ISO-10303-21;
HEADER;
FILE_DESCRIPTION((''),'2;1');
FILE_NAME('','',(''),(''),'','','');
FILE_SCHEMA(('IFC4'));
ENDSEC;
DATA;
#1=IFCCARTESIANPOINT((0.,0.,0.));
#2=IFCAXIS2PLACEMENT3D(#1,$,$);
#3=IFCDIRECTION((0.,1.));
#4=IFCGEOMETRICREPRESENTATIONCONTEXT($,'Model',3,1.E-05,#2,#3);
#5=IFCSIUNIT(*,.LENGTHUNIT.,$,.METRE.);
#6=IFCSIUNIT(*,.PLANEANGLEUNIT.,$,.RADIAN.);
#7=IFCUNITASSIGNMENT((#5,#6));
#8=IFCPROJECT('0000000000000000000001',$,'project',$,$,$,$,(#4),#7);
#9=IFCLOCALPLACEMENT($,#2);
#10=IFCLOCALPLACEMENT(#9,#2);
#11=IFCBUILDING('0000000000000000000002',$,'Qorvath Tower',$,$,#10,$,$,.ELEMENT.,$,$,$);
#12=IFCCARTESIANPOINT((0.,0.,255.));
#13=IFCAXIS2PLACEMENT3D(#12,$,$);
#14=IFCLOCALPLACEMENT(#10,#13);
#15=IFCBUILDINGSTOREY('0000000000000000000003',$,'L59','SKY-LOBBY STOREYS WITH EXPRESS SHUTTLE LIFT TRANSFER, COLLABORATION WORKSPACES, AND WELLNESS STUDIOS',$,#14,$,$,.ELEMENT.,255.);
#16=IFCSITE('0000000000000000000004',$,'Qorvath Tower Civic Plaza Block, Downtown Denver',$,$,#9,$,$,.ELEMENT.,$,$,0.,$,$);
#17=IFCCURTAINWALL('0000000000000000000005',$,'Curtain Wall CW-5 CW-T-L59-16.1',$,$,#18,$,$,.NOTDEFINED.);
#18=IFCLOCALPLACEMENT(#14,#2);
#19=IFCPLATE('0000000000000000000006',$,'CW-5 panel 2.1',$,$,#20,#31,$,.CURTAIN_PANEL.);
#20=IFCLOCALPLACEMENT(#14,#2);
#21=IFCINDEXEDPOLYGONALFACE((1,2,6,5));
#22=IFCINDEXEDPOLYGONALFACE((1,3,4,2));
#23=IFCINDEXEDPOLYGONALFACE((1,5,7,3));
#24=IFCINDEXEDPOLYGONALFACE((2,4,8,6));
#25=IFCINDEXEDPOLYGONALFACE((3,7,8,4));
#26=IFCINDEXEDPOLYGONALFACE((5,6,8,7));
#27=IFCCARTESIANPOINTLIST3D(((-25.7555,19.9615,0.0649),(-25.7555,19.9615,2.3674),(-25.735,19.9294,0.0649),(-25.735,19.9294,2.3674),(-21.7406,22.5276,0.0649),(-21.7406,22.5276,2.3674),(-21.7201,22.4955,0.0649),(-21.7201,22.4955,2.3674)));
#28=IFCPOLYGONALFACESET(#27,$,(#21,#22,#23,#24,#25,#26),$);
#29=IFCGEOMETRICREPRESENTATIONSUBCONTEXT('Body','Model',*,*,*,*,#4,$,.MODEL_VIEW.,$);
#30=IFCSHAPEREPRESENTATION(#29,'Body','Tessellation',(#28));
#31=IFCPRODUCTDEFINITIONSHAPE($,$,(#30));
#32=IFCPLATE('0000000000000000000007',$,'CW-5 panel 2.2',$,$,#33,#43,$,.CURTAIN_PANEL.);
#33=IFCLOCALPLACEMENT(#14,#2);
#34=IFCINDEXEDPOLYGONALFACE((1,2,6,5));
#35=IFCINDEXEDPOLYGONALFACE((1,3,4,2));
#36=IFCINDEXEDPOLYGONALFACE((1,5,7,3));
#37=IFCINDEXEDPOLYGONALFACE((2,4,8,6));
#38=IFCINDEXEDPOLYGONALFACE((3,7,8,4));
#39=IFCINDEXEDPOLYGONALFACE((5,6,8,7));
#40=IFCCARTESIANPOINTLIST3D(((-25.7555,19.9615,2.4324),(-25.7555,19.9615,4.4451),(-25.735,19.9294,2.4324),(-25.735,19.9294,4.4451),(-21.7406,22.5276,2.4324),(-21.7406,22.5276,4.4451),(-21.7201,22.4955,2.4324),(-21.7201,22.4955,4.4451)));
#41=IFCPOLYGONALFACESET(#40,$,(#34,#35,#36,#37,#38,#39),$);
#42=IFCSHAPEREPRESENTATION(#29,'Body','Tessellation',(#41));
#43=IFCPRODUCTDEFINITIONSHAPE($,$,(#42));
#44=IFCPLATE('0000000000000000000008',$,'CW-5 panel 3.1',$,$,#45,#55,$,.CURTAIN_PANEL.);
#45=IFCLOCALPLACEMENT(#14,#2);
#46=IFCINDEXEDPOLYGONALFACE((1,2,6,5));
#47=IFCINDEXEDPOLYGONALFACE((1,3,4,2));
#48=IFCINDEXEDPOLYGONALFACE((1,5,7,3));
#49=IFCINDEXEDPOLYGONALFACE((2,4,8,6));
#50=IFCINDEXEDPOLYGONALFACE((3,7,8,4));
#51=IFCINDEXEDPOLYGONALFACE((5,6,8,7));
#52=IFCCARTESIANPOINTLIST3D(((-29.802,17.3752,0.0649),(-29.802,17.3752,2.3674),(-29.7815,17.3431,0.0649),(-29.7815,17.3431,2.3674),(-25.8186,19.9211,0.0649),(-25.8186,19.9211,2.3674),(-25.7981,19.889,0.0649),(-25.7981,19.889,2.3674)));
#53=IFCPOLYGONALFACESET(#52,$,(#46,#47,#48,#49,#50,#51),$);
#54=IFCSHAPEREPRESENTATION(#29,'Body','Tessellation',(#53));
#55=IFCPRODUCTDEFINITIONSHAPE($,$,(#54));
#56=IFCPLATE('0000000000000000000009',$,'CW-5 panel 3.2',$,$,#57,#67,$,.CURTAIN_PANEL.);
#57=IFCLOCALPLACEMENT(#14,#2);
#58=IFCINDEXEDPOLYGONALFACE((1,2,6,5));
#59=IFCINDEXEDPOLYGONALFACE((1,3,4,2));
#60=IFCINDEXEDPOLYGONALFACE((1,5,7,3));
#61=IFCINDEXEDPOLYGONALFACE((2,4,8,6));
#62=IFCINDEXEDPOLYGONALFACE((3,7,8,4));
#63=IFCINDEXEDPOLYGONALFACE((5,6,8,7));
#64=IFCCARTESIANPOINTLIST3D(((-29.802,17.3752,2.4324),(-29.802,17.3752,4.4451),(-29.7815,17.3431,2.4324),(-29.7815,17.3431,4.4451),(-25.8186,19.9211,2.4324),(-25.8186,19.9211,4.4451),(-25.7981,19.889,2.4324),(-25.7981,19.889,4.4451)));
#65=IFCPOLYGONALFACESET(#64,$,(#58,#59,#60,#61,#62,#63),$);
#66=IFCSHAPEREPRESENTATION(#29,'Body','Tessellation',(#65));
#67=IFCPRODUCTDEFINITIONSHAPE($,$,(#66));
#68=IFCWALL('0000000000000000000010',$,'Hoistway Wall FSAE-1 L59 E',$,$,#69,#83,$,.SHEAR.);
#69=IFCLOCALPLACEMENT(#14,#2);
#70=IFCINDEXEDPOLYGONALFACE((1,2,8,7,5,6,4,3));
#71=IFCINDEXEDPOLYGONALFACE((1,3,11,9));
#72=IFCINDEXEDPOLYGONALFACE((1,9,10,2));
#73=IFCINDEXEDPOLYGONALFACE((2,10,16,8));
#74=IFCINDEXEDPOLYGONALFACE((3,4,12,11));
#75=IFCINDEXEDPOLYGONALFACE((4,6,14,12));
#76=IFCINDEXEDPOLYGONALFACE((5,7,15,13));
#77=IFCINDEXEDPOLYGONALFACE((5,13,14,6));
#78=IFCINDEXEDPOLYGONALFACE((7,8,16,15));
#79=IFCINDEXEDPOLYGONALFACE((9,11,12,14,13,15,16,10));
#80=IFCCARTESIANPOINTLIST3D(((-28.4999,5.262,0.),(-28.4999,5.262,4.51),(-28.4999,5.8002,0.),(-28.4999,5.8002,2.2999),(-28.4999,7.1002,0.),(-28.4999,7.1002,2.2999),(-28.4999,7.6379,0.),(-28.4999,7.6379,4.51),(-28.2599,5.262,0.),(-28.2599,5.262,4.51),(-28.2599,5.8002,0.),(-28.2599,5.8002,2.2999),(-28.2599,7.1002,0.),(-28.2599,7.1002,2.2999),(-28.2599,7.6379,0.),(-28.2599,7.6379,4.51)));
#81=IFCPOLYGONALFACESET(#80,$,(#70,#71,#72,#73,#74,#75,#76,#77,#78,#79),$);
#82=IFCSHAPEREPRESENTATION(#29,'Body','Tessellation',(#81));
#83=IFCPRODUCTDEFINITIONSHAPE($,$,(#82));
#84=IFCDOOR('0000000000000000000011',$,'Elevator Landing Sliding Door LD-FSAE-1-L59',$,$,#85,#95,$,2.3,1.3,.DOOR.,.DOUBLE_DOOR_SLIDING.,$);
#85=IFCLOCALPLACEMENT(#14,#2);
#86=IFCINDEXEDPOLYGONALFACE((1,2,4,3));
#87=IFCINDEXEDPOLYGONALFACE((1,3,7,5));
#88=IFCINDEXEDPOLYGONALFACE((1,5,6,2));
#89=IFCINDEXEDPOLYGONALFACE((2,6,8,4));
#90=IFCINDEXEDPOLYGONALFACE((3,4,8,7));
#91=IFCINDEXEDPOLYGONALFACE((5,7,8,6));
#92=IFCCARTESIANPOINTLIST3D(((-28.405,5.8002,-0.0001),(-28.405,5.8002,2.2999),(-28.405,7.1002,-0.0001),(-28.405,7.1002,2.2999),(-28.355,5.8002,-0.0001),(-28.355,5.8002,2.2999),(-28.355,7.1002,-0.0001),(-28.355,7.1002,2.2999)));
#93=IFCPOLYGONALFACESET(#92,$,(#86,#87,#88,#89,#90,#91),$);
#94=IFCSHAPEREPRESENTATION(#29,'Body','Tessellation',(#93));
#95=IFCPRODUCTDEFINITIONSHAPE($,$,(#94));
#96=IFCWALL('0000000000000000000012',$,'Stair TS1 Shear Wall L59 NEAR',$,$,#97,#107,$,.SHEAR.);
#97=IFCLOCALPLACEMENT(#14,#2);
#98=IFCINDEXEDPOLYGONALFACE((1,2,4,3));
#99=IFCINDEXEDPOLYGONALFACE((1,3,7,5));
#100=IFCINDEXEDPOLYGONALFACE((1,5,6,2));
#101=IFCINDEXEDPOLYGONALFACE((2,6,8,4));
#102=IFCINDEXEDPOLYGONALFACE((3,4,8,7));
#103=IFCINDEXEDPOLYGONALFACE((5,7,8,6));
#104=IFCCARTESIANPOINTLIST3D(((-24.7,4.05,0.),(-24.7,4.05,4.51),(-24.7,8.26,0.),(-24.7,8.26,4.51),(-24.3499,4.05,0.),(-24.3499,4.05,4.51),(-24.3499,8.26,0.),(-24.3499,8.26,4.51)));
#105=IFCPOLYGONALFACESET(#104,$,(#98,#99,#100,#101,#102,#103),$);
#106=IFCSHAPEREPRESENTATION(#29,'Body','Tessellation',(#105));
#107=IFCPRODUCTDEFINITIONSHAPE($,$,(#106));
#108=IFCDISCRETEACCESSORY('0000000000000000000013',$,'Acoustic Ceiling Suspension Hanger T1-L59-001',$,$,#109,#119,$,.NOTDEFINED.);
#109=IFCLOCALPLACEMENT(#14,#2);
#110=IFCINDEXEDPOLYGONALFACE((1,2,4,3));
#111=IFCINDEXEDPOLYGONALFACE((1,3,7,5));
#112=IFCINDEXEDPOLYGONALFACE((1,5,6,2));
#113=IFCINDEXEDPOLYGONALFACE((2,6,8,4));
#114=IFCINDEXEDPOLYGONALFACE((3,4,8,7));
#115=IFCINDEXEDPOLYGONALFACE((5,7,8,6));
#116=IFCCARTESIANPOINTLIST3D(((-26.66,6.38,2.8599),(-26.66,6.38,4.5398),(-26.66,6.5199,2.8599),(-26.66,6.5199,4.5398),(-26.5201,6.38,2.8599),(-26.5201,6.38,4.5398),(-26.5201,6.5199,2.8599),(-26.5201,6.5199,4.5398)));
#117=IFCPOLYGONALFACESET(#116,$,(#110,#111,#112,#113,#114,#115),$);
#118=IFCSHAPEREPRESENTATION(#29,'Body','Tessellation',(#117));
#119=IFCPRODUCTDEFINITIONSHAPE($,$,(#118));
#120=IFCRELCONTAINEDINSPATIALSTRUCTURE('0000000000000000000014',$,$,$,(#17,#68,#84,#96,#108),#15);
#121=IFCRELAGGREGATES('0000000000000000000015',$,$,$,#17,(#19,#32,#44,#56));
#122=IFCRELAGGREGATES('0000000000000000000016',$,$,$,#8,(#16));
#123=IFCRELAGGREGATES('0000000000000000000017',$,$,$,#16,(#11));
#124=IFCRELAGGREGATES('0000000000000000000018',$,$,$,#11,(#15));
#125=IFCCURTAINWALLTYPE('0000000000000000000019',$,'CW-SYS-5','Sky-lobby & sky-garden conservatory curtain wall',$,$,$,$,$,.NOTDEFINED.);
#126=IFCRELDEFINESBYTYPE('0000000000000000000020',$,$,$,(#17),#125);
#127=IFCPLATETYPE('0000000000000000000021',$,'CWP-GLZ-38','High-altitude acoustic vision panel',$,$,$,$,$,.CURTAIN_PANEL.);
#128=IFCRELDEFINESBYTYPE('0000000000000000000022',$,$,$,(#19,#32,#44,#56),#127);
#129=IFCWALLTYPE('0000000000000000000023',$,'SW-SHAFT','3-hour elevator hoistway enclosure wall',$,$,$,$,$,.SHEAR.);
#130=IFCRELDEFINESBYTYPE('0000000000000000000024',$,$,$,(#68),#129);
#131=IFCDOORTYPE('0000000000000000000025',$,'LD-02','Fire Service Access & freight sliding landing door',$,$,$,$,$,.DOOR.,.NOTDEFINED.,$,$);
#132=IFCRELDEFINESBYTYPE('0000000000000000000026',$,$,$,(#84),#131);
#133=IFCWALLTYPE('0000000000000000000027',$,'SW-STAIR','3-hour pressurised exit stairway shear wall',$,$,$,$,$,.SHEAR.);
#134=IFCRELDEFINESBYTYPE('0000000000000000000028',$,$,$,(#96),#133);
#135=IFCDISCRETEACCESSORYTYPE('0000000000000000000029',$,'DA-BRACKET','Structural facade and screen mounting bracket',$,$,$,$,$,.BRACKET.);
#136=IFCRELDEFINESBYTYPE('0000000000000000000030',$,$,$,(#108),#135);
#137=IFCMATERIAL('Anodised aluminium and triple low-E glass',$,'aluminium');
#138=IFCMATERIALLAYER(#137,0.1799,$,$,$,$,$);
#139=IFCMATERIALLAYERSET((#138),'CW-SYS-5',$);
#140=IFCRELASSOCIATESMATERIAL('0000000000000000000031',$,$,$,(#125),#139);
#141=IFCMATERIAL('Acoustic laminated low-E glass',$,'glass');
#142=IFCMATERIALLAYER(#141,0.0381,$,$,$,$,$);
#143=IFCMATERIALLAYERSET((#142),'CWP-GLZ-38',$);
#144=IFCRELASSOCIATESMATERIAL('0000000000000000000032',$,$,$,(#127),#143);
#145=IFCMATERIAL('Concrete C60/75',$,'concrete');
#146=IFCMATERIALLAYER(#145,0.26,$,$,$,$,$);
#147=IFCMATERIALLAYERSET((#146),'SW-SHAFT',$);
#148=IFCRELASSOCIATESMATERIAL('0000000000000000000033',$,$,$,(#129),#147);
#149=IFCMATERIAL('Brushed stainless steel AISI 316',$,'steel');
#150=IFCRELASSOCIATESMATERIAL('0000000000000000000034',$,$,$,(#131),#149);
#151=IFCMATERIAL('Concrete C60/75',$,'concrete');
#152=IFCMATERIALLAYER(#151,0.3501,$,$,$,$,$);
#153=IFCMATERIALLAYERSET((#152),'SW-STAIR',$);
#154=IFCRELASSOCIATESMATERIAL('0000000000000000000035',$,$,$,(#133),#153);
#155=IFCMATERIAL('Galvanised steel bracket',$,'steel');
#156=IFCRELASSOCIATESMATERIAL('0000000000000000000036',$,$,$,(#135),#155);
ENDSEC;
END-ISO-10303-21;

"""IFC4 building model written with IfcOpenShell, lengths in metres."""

from ifc_helpers import new_model, si_unit, direction, frame, frame_2d, origin, origin_2d, place, context, subcontext, project, spatial, rectangle, extrude, material, layer, layer_set, type_object, element, fill, aggregate, save


model = new_model("IFC4")

# Units and contexts
model_context = context("Model", 3, precision=1e-05, world=origin(), true_north=direction((0.0, 1.0)))
body_context = subcontext(model_context, "Body", "Model", "MODEL_VIEW")
ifc_project = project(units=[si_unit("LENGTHUNIT", "METRE"), si_unit("PLANEANGLEUNIT", "RADIAN")], contexts=[model_context])

# Site, building, storey
site_placement = place(None, origin())
site = spatial("IfcSite", under=ifc_project, at=site_placement, Name="Qorvath Tower Civic Plaza Block, Downtown Denver", CompositionType="ELEMENT", RefElevation=0.0)
building_placement = place(site_placement, origin())
building = spatial("IfcBuilding", under=site, at=building_placement, Name="Qorvath Tower", CompositionType="ELEMENT")
storey_placement = place(building_placement, frame((0.0, 0.0, 255.0)))
storey = spatial("IfcBuildingStorey", under=building, at=storey_placement, Name="L59", Description="SKY-LOBBY STOREYS WITH EXPRESS SHUTTLE LIFT TRANSFER, COLLABORATION WORKSPACES, AND WELLNESS STUDIOS", CompositionType="ELEMENT", Elevation=255.0)

# Curtain wall
ifc_material_1 = material(Name="Anodised aluminium and triple low-E glass", Category="aluminium")
ifc_layer_1 = layer(ifc_material_1, 0.1799)
ifc_layer_set_1 = layer_set([ifc_layer_1], Name="CW-SYS-5")
curtain_wall_type = type_object("IfcCurtainWallType", Name="CW-SYS-5", Description="Sky-lobby & sky-garden conservatory curtain wall", PredefinedType="NOTDEFINED", material=ifc_layer_set_1)
curtain_wall_1_placement = place(storey_placement, origin())
curtain_wall_1 = element("IfcCurtainWall", 1, at=curtain_wall_1_placement, inside=storey, type_object=curtain_wall_type, Name="Curtain Wall CW-5 CW-T-L59-16.1", PredefinedType="NOTDEFINED")

# Plates
ifc_material_2 = material(Name="Acoustic laminated low-E glass", Category="glass")
ifc_layer_2 = layer(ifc_material_2, 0.0381)
ifc_layer_set_2 = layer_set([ifc_layer_2], Name="CWP-GLZ-38")
plate_type = type_object("IfcPlateType", Name="CWP-GLZ-38", Description="High-altitude acoustic vision panel", PredefinedType="CURTAIN_PANEL", material=ifc_layer_set_2)
plate_1_placement = place(storey_placement, frame((-23.7378, 21.2285, 0.0649), z_axis=(0.0, 0.0, 1.0), x_axis=(-0.842603, -0.538535, 0.0)))
plate_1 = element("IfcPlate", 2, at=plate_1_placement, type_object=plate_type, Name="CW-5 panel 2.1", PredefinedType="CURTAIN_PANEL", context=body_context, shape_type="SweptSolid", body=[
    extrude(rectangle(XDim=4.7649, YDim=0.0381, at=origin_2d()), origin(), (0.0, 0.0, 1.0), 2.3025),
])
plate_2_placement = place(storey_placement, frame((-23.7378, 21.2285, 2.4324), z_axis=(0.0, 0.0, 1.0), x_axis=(-0.842603, -0.538535, 0.0)))
plate_2 = element("IfcPlate", 3, at=plate_2_placement, type_object=plate_type, Name="CW-5 panel 2.2", PredefinedType="CURTAIN_PANEL", context=body_context, shape_type="SweptSolid", body=[
    extrude(rectangle(XDim=4.7649, YDim=0.0381, at=origin_2d()), origin(), (0.0, 0.0, 1.0), 2.0127),
])
plate_3_placement = place(storey_placement, frame((-27.8, 18.6321, 0.0649), z_axis=(0.0, 0.0, 1.0), x_axis=(-0.842603, -0.538535, 0.0)))
plate_3 = element("IfcPlate", 4, at=plate_3_placement, type_object=plate_type, Name="CW-5 panel 3.1", PredefinedType="CURTAIN_PANEL", context=body_context, shape_type="SweptSolid", body=[
    extrude(rectangle(XDim=4.7275, YDim=0.0381, at=origin_2d()), origin(), (0.0, 0.0, 1.0), 2.3025),
])
plate_4_placement = place(storey_placement, frame((-27.8, 18.6321, 2.4324), z_axis=(0.0, 0.0, 1.0), x_axis=(-0.842603, -0.538535, 0.0)))
plate_4 = element("IfcPlate", 5, at=plate_4_placement, type_object=plate_type, Name="CW-5 panel 3.2", PredefinedType="CURTAIN_PANEL", context=body_context, shape_type="SweptSolid", body=[
    extrude(rectangle(XDim=4.7275, YDim=0.0381, at=origin_2d()), origin(), (0.0, 0.0, 1.0), 2.0127),
])
aggregate(curtain_wall_1, [plate_1, plate_2, plate_3, plate_4])

# Wall, opening, door
ifc_material_3 = material(Name="Concrete C60/75", Category="concrete")
ifc_layer_3 = layer(ifc_material_3, 0.26)
ifc_layer_set_3 = layer_set([ifc_layer_3], Name="SW-SHAFT")
wall_type_1 = type_object("IfcWallType", Name="SW-SHAFT", Description="3-hour elevator hoistway enclosure wall", PredefinedType="SHEAR", material=ifc_layer_set_3)
wall_1_placement = place(storey_placement, frame((-28.3799, 7.6379, 0.0), z_axis=(0.0, 0.0, 1.0), x_axis=(0.0, -1.0, 0.0)))
wall_1 = element("IfcWall", 6, at=wall_1_placement, inside=storey, type_object=wall_type_1, Name="Hoistway Wall FSAE-1 L59 E", PredefinedType="SHEAR", context=body_context, shape_type="SweptSolid", body=[
    extrude(rectangle(XDim=2.376, YDim=0.24, at=frame_2d((1.188, 0.0))), origin(), (0.0, 0.0, 1.0), 4.51),
])
opening_1_placement = place(wall_1_placement, frame((0.5378, 0.0, 0.0)))
opening_1 = element("IfcOpeningElement", 7, at=opening_1_placement, cuts=wall_1, PredefinedType="OPENING", context=body_context, shape_type="SweptSolid", body=[
    extrude(rectangle(XDim=1.3, YDim=2.3, at=frame_2d((0.6499, 1.1499))), frame((0.0, 0.1299, 0.0), z_axis=(0.0, -1.0, 0.0), x_axis=(1.0, 0.0, 0.0)), (0.0, 0.0, 1.0), 0.26),
])
ifc_material_4 = material(Name="Brushed stainless steel AISI 316", Category="steel")
door_type_1 = type_object("IfcDoorType", Name="LD-02", Description="Fire Service Access & freight sliding landing door", OperationType="NOTDEFINED", PredefinedType="DOOR", material=ifc_material_4)
door_1_placement = place(opening_1_placement, origin())
door_1 = element("IfcDoor", 8, at=door_1_placement, inside=storey, type_object=door_type_1, Name="Elevator Landing Sliding Door LD-FSAE-1-L59", OperationType="DOUBLE_DOOR_SLIDING", OverallHeight=2.3, OverallWidth=1.3, PredefinedType="DOOR", context=body_context, shape_type="SweptSolid", body=[
    extrude(rectangle(XDim=1.3, YDim=2.3, at=frame_2d((0.6499, 1.1499))), frame((0.0, 0.0249, 0.0), z_axis=(0.0, -1.0, 0.0), x_axis=(1.0, 0.0, 0.0)), (0.0, 0.0, 1.0), 0.05),
])
fill(opening_1, door_1)

# Wall
ifc_material_5 = material(Name="Concrete C60/75", Category="concrete")
ifc_layer_4 = layer(ifc_material_5, 0.3501)
ifc_layer_set_4 = layer_set([ifc_layer_4], Name="SW-STAIR")
wall_type_2 = type_object("IfcWallType", Name="SW-STAIR", Description="3-hour pressurised exit stairway shear wall", PredefinedType="SHEAR", material=ifc_layer_set_4)
wall_2_placement = place(storey_placement, frame((-24.5249, 8.26, 0.0), z_axis=(0.0, 0.0, 1.0), x_axis=(0.0, -1.0, 0.0)))
element("IfcWall", 9, at=wall_2_placement, inside=storey, type_object=wall_type_2, Name="Stair TS1 Shear Wall L59 NEAR", PredefinedType="SHEAR", context=body_context, shape_type="SweptSolid", body=[
    extrude(rectangle(XDim=4.21, YDim=0.3501, at=frame_2d((2.105, 0.0))), origin(), (0.0, 0.0, 1.0), 4.51),
])

# Discrete accessory
ifc_material_6 = material(Name="Galvanised steel bracket", Category="steel")
discrete_accessory_type = type_object("IfcDiscreteAccessoryType", Name="DA-BRACKET", Description="Structural facade and screen mounting bracket", PredefinedType="BRACKET", material=ifc_material_6)
discrete_accessory_placement = place(storey_placement, frame((-26.5901, 6.45, 2.8599), z_axis=(0.0, 0.0, 1.0), x_axis=(1.0, 0.0, 0.0)))
element("IfcDiscreteAccessory", 10, at=discrete_accessory_placement, inside=storey, type_object=discrete_accessory_type, Name="Acoustic Ceiling Suspension Hanger T1-L59-001", PredefinedType="NOTDEFINED", context=body_context, shape_type="SweptSolid", body=[
    extrude(rectangle(XDim=0.1399, YDim=0.1399, at=origin_2d()), origin(), (0.0, 0.0, 1.0), 1.6799),
])

save(model, "model.ifc")
